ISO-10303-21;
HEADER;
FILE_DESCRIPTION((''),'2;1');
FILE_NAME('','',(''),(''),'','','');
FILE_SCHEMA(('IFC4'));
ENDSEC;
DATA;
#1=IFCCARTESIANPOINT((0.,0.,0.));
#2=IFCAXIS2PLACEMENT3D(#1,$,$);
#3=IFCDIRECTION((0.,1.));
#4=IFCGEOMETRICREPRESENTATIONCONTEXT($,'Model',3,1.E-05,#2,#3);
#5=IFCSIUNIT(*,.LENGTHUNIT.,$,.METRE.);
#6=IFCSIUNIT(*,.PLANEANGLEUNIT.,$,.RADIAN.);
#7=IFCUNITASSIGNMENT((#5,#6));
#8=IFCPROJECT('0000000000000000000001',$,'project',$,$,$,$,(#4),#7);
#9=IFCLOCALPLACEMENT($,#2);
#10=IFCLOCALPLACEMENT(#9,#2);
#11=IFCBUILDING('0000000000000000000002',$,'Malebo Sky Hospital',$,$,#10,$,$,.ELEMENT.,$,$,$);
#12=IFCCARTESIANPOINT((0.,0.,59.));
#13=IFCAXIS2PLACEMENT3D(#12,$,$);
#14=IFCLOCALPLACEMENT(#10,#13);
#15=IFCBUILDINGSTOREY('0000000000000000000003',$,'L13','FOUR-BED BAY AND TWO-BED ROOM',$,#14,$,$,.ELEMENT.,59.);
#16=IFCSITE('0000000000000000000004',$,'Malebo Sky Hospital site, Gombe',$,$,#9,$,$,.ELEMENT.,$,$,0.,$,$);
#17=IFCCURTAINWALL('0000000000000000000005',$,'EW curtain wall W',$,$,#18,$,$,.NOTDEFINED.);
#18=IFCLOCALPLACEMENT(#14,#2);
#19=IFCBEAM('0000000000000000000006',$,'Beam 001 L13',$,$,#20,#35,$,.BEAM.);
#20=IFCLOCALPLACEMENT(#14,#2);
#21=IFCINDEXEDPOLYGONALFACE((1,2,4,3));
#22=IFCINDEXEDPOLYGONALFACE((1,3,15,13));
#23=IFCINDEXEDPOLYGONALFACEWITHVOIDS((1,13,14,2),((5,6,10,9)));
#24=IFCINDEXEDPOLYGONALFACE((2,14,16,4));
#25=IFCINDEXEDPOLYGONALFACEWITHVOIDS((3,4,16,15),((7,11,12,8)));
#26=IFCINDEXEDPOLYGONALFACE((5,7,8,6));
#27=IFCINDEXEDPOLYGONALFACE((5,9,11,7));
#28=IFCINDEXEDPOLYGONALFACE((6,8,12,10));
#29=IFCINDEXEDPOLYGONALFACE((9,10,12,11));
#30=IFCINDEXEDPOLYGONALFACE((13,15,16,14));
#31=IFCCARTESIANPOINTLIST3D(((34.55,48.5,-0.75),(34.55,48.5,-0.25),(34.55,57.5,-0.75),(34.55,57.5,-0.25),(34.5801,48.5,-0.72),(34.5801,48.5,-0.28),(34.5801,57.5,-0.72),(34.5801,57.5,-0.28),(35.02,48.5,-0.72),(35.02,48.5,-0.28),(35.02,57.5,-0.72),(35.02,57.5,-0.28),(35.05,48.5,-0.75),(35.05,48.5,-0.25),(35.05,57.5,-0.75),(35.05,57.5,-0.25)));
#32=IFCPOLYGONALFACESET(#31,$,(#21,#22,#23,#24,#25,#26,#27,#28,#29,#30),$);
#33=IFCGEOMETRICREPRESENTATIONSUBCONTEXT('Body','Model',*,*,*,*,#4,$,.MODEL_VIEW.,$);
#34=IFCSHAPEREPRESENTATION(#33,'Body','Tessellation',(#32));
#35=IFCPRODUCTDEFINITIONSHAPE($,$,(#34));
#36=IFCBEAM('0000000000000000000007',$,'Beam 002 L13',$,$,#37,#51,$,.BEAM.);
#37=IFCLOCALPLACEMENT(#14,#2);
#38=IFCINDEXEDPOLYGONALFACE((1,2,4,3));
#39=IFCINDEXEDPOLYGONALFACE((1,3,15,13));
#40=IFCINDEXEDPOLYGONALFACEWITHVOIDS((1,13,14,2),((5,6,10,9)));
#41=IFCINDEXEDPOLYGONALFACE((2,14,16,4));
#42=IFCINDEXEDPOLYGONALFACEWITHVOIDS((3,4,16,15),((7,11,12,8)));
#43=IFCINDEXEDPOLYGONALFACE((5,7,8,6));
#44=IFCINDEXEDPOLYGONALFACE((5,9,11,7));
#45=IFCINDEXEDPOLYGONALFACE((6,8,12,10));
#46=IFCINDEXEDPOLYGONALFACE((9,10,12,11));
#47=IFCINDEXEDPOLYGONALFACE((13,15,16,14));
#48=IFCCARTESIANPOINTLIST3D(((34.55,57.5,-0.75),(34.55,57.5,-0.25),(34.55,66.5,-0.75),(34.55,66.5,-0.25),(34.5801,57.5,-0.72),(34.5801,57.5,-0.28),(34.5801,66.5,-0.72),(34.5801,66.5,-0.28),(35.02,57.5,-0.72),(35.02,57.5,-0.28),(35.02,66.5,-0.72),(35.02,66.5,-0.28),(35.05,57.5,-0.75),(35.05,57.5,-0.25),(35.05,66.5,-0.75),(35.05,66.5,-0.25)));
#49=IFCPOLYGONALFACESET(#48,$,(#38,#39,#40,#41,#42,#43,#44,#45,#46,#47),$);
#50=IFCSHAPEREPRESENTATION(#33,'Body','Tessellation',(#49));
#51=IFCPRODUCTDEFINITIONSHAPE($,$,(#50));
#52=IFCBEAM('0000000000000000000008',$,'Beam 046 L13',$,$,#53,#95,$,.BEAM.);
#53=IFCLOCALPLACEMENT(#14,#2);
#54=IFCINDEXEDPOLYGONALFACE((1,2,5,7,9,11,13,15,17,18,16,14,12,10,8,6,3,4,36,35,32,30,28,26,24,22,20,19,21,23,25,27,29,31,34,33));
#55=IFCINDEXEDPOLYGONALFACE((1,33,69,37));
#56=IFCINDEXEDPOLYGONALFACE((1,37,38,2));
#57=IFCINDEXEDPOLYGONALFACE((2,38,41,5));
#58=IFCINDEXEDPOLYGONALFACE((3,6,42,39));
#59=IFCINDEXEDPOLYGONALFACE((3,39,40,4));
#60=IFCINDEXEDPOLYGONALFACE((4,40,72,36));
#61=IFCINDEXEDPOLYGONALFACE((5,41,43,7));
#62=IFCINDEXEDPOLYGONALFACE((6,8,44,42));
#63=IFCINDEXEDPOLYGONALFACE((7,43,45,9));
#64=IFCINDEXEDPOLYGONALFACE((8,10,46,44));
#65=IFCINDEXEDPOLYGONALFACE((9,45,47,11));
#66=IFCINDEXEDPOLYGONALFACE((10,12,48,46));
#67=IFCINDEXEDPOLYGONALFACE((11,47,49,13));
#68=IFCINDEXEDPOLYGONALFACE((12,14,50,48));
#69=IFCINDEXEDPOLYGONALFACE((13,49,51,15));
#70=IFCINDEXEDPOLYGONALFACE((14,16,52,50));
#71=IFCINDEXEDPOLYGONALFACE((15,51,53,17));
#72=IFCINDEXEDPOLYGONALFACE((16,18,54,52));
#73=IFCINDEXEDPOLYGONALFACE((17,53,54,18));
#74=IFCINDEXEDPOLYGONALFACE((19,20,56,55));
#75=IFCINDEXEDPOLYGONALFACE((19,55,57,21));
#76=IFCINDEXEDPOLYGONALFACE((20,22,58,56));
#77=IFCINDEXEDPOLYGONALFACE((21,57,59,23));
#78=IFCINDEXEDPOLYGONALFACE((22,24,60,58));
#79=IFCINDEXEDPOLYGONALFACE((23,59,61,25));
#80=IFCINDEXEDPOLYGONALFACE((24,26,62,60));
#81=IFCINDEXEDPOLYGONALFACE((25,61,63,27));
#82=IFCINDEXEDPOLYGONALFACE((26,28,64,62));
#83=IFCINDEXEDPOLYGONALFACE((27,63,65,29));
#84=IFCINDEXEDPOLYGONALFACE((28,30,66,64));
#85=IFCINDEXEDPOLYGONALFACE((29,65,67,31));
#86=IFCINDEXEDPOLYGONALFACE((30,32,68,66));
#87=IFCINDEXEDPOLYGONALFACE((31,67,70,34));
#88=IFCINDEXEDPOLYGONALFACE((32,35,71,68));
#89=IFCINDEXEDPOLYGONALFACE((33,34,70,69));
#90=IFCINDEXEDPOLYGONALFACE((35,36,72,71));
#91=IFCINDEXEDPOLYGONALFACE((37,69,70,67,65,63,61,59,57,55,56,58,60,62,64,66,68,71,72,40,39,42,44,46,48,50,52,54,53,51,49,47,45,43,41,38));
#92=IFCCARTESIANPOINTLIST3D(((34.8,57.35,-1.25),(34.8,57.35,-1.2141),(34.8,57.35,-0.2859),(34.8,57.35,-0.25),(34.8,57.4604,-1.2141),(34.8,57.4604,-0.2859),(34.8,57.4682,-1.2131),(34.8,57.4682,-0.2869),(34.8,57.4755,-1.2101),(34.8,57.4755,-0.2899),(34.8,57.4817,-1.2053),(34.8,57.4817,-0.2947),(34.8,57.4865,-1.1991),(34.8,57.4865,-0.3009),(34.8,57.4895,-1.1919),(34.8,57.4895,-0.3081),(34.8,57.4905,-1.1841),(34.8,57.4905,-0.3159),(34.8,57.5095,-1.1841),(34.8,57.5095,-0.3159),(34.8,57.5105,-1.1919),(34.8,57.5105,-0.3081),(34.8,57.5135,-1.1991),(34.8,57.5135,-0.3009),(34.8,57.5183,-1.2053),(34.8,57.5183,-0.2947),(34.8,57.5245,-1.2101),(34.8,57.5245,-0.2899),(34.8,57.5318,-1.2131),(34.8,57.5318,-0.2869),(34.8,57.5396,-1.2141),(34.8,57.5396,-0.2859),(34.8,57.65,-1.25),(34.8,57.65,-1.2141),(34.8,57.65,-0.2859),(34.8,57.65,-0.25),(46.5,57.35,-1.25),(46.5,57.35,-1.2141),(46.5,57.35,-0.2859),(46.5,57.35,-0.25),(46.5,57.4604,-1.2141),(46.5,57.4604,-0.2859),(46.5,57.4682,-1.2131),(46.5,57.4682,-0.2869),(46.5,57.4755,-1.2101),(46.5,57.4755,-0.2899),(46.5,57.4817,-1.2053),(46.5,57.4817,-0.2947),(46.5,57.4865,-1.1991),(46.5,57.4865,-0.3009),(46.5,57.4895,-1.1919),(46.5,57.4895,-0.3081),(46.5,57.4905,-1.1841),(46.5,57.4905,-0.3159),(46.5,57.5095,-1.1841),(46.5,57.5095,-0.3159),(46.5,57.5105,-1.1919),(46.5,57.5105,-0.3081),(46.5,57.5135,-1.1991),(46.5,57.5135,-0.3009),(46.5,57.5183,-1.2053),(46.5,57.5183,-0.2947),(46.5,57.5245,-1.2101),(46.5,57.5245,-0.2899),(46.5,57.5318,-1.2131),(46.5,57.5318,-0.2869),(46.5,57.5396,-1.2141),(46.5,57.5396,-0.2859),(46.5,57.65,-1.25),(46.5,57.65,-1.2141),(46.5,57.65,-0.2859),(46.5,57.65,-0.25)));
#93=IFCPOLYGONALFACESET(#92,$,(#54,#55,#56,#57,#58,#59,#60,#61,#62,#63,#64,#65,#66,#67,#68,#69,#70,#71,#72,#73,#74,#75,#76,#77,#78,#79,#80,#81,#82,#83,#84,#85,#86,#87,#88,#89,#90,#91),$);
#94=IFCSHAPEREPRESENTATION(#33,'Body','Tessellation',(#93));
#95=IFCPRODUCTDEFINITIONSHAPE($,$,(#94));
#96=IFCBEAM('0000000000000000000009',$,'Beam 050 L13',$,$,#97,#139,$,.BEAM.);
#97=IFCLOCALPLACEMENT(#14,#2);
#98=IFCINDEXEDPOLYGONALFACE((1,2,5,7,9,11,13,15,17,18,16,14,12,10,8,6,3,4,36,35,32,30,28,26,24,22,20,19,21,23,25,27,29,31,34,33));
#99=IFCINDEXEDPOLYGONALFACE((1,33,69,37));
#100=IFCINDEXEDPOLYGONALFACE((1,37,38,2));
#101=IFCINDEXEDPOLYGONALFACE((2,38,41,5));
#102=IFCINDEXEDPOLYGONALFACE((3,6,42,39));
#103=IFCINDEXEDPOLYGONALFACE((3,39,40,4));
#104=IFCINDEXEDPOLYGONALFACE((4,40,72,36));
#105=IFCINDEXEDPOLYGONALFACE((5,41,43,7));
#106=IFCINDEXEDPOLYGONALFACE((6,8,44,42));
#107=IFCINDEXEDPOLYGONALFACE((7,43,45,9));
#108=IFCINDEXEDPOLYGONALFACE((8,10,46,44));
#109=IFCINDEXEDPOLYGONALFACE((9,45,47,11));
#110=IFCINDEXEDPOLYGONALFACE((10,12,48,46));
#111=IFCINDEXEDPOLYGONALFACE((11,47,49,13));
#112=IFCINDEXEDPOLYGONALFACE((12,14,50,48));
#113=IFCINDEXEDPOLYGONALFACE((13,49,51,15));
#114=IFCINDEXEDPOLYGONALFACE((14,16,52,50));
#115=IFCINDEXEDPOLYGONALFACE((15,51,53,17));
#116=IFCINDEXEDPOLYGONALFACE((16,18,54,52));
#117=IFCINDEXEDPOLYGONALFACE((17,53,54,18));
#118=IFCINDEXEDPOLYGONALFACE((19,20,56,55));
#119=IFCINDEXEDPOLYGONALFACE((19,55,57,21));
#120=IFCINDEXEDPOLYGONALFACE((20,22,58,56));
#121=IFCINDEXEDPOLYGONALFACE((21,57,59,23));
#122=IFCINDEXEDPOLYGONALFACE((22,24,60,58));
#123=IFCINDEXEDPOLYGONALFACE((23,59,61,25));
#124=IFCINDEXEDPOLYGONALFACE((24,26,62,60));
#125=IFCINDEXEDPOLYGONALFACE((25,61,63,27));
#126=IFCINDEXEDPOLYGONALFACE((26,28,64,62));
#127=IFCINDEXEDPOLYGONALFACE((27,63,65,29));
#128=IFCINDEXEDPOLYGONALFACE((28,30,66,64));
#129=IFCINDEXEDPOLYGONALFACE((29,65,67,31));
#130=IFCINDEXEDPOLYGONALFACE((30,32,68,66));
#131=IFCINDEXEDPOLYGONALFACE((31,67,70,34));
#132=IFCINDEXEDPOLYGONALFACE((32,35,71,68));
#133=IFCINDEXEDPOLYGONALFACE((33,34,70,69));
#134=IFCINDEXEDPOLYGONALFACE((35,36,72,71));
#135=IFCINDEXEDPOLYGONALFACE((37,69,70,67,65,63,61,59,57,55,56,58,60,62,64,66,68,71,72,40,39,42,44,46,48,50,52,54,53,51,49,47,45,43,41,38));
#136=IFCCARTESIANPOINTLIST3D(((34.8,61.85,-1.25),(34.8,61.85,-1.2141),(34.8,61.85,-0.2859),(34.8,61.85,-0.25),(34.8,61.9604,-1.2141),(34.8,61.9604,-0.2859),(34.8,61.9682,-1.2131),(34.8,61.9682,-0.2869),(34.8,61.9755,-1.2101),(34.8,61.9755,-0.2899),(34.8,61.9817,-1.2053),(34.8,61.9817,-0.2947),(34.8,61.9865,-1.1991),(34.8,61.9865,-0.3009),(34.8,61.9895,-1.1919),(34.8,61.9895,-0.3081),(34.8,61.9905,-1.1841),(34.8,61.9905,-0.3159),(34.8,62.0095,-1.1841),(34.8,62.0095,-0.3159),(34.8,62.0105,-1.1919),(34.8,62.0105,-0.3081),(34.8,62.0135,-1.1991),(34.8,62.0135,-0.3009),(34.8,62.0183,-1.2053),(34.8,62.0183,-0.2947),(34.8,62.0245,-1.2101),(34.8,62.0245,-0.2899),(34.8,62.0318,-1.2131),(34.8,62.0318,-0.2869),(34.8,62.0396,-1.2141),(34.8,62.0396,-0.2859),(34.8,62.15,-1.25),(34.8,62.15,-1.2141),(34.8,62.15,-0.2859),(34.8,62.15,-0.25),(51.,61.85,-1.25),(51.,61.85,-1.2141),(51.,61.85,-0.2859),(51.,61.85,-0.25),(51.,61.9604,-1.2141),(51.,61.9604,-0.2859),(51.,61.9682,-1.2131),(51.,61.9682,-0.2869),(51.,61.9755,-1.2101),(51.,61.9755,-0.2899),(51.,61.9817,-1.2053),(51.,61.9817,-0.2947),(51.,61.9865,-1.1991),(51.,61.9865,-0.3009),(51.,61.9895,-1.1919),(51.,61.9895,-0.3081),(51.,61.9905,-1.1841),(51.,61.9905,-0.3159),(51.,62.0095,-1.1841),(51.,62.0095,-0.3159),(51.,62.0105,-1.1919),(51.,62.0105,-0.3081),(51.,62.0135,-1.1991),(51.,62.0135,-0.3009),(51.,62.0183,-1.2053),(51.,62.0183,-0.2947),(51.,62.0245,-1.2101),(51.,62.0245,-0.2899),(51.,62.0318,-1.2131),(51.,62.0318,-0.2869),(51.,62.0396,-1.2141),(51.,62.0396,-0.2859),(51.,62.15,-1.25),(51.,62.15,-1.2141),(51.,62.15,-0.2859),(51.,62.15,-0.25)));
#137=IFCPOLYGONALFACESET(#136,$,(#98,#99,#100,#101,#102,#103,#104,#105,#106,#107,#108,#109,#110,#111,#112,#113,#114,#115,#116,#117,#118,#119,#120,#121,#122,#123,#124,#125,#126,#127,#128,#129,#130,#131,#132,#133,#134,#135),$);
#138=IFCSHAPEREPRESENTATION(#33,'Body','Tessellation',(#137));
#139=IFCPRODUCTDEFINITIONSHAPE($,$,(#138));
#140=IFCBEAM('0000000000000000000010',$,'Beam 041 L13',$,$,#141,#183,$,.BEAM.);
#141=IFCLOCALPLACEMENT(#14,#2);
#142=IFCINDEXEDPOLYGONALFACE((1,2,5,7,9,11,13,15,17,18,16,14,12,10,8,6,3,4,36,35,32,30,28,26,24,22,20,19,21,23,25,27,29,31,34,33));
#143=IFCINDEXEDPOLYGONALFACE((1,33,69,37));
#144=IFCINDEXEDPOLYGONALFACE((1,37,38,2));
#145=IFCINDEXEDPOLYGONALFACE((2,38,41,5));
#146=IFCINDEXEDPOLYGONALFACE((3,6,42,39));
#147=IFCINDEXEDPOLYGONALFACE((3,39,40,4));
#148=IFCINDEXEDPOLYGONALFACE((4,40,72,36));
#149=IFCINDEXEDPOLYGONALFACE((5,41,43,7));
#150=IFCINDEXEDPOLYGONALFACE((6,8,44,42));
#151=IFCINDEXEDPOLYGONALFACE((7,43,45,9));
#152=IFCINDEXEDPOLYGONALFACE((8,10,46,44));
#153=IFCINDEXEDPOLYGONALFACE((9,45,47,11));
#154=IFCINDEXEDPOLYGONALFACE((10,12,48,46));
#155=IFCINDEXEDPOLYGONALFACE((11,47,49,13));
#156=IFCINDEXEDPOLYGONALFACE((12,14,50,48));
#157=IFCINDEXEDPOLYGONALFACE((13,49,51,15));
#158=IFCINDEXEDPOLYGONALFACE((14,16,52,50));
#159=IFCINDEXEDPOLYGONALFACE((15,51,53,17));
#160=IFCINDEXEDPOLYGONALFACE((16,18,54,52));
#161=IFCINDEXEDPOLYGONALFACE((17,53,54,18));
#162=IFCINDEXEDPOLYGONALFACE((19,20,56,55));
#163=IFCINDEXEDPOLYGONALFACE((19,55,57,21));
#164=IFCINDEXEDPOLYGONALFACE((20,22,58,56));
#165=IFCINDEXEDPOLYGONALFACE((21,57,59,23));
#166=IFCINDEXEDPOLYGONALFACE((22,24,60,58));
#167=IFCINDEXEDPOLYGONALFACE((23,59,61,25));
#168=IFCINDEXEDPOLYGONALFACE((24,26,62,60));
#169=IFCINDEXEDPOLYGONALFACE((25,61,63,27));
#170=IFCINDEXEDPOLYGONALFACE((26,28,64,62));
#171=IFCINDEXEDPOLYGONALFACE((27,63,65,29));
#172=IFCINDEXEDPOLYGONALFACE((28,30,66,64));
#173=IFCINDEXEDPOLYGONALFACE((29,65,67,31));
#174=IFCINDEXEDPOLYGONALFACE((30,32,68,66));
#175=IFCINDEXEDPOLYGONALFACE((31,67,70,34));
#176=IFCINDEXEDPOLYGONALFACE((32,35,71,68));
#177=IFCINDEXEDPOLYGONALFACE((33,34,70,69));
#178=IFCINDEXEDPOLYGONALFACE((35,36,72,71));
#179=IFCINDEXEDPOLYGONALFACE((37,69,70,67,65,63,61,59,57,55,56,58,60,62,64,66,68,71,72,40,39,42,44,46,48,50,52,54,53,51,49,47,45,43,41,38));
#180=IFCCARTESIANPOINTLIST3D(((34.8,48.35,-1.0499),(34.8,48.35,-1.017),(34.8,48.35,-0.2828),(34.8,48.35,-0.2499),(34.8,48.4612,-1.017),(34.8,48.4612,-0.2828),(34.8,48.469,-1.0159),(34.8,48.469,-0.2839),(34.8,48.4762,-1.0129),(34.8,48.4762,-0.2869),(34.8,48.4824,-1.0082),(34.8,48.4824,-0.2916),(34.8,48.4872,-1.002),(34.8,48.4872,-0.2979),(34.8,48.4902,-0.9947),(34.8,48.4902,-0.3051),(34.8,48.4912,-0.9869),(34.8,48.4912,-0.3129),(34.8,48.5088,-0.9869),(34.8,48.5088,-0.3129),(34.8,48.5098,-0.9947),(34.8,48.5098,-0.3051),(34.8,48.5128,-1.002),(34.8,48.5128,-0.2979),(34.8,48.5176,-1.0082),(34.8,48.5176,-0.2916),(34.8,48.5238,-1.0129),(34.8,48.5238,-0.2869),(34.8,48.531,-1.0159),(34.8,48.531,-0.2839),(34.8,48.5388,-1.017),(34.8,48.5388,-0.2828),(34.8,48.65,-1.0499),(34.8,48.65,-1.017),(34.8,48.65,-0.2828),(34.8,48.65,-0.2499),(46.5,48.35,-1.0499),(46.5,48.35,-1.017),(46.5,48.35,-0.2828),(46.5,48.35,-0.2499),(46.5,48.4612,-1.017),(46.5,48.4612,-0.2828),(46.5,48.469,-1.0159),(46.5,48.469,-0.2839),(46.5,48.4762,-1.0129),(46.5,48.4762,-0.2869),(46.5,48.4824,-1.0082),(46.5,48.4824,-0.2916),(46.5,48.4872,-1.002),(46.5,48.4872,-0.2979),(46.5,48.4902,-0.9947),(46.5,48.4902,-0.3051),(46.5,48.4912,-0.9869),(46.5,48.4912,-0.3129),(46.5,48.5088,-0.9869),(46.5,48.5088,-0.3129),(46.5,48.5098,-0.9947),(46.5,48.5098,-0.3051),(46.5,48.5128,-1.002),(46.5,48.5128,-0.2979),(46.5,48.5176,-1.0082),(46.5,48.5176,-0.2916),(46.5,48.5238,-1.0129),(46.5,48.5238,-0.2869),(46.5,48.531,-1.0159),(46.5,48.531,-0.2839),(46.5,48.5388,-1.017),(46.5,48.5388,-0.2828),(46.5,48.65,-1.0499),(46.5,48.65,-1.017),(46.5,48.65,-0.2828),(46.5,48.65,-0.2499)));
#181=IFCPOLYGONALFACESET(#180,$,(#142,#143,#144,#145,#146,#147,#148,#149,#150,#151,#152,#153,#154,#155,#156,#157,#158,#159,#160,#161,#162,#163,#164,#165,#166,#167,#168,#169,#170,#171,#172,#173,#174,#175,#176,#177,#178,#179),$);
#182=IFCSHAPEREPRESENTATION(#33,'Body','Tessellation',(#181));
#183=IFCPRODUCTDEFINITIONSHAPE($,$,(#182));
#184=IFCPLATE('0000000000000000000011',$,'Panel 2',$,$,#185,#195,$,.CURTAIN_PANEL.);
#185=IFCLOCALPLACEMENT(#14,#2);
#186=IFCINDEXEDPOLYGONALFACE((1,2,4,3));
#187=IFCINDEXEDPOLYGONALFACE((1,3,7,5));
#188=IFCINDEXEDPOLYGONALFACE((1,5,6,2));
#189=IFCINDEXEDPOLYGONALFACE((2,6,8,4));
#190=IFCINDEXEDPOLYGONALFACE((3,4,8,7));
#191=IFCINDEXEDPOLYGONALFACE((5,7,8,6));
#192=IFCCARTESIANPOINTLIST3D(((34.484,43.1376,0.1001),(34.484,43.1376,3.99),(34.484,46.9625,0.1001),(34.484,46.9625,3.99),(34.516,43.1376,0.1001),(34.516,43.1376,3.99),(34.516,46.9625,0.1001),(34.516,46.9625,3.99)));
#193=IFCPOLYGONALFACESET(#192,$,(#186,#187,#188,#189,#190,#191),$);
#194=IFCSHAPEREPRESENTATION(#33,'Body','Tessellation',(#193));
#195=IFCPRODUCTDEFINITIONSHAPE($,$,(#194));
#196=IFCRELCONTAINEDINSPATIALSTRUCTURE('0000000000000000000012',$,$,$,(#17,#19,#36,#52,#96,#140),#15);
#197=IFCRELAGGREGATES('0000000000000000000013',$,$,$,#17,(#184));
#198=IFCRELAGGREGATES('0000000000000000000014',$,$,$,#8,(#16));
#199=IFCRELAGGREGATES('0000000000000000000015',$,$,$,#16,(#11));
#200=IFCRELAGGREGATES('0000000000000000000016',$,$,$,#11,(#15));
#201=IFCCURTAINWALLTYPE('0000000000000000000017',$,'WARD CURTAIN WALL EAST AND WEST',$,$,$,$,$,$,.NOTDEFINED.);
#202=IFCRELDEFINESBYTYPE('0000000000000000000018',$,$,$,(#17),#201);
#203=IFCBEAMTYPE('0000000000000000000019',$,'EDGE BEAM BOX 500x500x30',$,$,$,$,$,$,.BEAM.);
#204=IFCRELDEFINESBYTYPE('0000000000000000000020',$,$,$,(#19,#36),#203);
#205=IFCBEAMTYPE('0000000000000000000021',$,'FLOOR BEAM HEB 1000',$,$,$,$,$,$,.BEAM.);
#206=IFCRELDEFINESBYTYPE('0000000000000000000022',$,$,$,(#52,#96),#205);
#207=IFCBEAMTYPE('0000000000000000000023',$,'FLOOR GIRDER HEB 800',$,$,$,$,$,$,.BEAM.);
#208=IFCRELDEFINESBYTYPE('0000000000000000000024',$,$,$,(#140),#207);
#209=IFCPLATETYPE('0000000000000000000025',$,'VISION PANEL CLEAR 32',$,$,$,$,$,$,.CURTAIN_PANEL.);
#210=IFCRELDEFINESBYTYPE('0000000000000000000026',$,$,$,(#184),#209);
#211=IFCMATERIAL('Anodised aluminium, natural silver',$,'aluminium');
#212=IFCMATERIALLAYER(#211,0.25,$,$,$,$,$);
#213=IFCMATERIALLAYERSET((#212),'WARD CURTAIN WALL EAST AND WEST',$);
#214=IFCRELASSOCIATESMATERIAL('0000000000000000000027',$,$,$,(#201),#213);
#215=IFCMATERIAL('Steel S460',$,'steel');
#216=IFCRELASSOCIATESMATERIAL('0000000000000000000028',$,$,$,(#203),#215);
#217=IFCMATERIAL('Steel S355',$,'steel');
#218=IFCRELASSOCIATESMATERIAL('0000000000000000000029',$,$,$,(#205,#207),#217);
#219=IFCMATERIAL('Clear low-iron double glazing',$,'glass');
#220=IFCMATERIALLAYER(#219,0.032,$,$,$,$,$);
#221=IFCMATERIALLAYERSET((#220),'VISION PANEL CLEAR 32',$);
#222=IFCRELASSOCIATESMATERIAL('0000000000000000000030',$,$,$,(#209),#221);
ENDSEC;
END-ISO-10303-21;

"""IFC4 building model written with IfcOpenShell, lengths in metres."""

from ifc_helpers import new_model, si_unit, direction, frame, origin, origin_2d, place, context, subcontext, project, spatial, rectangle, hollow_rectangle, i_section, extrude, material, layer, layer_set, material_profile, profile_set, type_object, element, aggregate, save


model = new_model("IFC4")

# Units and contexts
model_context = context("Model", 3, precision=1e-05, world=origin(), true_north=direction((0.0, 1.0)))
body_context = subcontext(model_context, "Body", "Model", "MODEL_VIEW")
ifc_project = project(units=[si_unit("LENGTHUNIT", "METRE"), si_unit("PLANEANGLEUNIT", "RADIAN")], contexts=[model_context])

# Site, building, storey
site_placement = place(None, origin())
site = spatial("IfcSite", under=ifc_project, at=site_placement, Name="Malebo Sky Hospital site, Gombe", CompositionType="ELEMENT", RefElevation=0.0)
building_placement = place(site_placement, origin())
building = spatial("IfcBuilding", under=site, at=building_placement, Name="Malebo Sky Hospital", CompositionType="ELEMENT")
storey_placement = place(building_placement, frame((0.0, 0.0, 59.0)))
storey = spatial("IfcBuildingStorey", under=building, at=storey_placement, Name="L13", Description="FOUR-BED BAY AND TWO-BED ROOM", CompositionType="ELEMENT", Elevation=59.0)

# Shared definitions
ifc_material_1 = material(Name="Steel S460", Category="steel")

# Curtain wall
ifc_material_2 = material(Name="Anodised aluminium, natural silver", Category="aluminium")
ifc_layer_1 = layer(ifc_material_2, 0.25)
ifc_layer_set_1 = layer_set([ifc_layer_1], Name="WARD CURTAIN WALL EAST AND WEST")
curtain_wall_type = type_object("IfcCurtainWallType", Name="WARD CURTAIN WALL EAST AND WEST", PredefinedType="NOTDEFINED", material=ifc_layer_set_1)
curtain_wall_placement = place(storey_placement, origin())
curtain_wall = element("IfcCurtainWall", 1, at=curtain_wall_placement, inside=storey, type_object=curtain_wall_type, Name="EW curtain wall W", PredefinedType="NOTDEFINED")

# Beams
ifc_material_profile_1 = material_profile(ifc_material_1, hollow_rectangle(XDim=0.5, YDim=0.5, WallThickness=0.03, at=origin_2d()), Name="BOX 500x500x30")
ifc_profile_set_1 = profile_set([ifc_material_profile_1], Name="Steel S460")
beam_type_1 = type_object("IfcBeamType", Name="EDGE BEAM BOX 500x500x30", PredefinedType="BEAM", material=ifc_profile_set_1)
for number, where, z_axis, x_axis, name in (
    (2, (34.8, 48.5, -0.5), (0.0, 1.0, 0.0), (-1.0, 0.0, 0.0), "Beam 001 L13"),
    (3, (34.8, 57.5, -0.5), (0.0, 1.0, 0.0), (-1.0, 0.0, 0.0), "Beam 002 L13"),
):
    element("IfcBeam", number, at=place(storey_placement, frame(where, z_axis=z_axis, x_axis=x_axis)), inside=storey, type_object=beam_type_1, Name=name, PredefinedType="BEAM", context=body_context, shape_type="SweptSolid", body=[
        extrude(hollow_rectangle(XDim=0.5, YDim=0.5, WallThickness=0.03, at=origin_2d()), origin(), (0.0, 0.0, 1.0), 9.0),
    ])
ifc_material_3 = material(Name="Steel S355", Category="steel")
ifc_material_profile_2 = material_profile(ifc_material_3, i_section(OverallWidth=0.3, OverallDepth=1.0, WebThickness=0.019, FlangeThickness=0.0359, FilletRadius=0.03, at=origin_2d()), Name="HEB 1000")
ifc_profile_set_2 = profile_set([ifc_material_profile_2], Name="Steel S355")
beam_type_2 = type_object("IfcBeamType", Name="FLOOR BEAM HEB 1000", PredefinedType="BEAM", material=ifc_profile_set_2)
beam_1_placement = place(storey_placement, frame((34.8, 57.5, -0.75), z_axis=(1.0, 0.0, 0.0), x_axis=(0.0, 1.0, 0.0)))
element("IfcBeam", 4, at=beam_1_placement, inside=storey, type_object=beam_type_2, Name="Beam 046 L13", PredefinedType="BEAM", context=body_context, shape_type="SweptSolid", body=[
    extrude(i_section(OverallWidth=0.3, OverallDepth=1.0, WebThickness=0.019, FlangeThickness=0.0359, FilletRadius=0.03, at=origin_2d()), origin(), (0.0, 0.0, 1.0), 11.7),
])
beam_2_placement = place(storey_placement, frame((34.8, 62.0, -0.75), z_axis=(1.0, 0.0, 0.0), x_axis=(0.0, 1.0, 0.0)))
element("IfcBeam", 5, at=beam_2_placement, inside=storey, type_object=beam_type_2, Name="Beam 050 L13", PredefinedType="BEAM", context=body_context, shape_type="SweptSolid", body=[
    extrude(i_section(OverallWidth=0.3, OverallDepth=1.0, WebThickness=0.019, FlangeThickness=0.0359, FilletRadius=0.03, at=origin_2d()), origin(), (0.0, 0.0, 1.0), 16.2),
])
ifc_material_profile_3 = material_profile(ifc_material_3, i_section(OverallWidth=0.3, OverallDepth=0.8, WebThickness=0.0176, FlangeThickness=0.033, FilletRadius=0.03, at=origin_2d()), Name="HEB 800")
ifc_profile_set_3 = profile_set([ifc_material_profile_3], Name="Steel S355")
beam_type_3 = type_object("IfcBeamType", Name="FLOOR GIRDER HEB 800", PredefinedType="BEAM", material=ifc_profile_set_3)
beam_3_placement = place(storey_placement, frame((34.8, 48.5, -0.6499), z_axis=(1.0, 0.0, 0.0), x_axis=(0.0, 1.0, 0.0)))
element("IfcBeam", 6, at=beam_3_placement, inside=storey, type_object=beam_type_3, Name="Beam 041 L13", PredefinedType="BEAM", context=body_context, shape_type="SweptSolid", body=[
    extrude(i_section(OverallWidth=0.3, OverallDepth=0.8, WebThickness=0.0176, FlangeThickness=0.033, FilletRadius=0.03, at=origin_2d()), origin(), (0.0, 0.0, 1.0), 11.7),
])

# Plate
ifc_material_4 = material(Name="Clear low-iron double glazing", Category="glass")
ifc_layer_2 = layer(ifc_material_4, 0.032)
ifc_layer_set_2 = layer_set([ifc_layer_2], Name="VISION PANEL CLEAR 32")
plate_type = type_object("IfcPlateType", Name="VISION PANEL CLEAR 32", PredefinedType="CURTAIN_PANEL", material=ifc_layer_set_2)
plate_1_placement = place(storey_placement, frame((34.5, 45.05, 0.1001), z_axis=(0.0, 0.0, 1.0), x_axis=(0.0, 1.0, 0.0)))
plate_1 = element("IfcPlate", 7, at=plate_1_placement, type_object=plate_type, Name="Panel 2", PredefinedType="CURTAIN_PANEL", context=body_context, shape_type="SweptSolid", body=[
    extrude(rectangle(XDim=3.825, YDim=0.032, at=origin_2d()), origin(), (0.0, 0.0, 1.0), 3.8899),
])
aggregate(curtain_wall, [plate_1])

save(model, "model.ifc")
